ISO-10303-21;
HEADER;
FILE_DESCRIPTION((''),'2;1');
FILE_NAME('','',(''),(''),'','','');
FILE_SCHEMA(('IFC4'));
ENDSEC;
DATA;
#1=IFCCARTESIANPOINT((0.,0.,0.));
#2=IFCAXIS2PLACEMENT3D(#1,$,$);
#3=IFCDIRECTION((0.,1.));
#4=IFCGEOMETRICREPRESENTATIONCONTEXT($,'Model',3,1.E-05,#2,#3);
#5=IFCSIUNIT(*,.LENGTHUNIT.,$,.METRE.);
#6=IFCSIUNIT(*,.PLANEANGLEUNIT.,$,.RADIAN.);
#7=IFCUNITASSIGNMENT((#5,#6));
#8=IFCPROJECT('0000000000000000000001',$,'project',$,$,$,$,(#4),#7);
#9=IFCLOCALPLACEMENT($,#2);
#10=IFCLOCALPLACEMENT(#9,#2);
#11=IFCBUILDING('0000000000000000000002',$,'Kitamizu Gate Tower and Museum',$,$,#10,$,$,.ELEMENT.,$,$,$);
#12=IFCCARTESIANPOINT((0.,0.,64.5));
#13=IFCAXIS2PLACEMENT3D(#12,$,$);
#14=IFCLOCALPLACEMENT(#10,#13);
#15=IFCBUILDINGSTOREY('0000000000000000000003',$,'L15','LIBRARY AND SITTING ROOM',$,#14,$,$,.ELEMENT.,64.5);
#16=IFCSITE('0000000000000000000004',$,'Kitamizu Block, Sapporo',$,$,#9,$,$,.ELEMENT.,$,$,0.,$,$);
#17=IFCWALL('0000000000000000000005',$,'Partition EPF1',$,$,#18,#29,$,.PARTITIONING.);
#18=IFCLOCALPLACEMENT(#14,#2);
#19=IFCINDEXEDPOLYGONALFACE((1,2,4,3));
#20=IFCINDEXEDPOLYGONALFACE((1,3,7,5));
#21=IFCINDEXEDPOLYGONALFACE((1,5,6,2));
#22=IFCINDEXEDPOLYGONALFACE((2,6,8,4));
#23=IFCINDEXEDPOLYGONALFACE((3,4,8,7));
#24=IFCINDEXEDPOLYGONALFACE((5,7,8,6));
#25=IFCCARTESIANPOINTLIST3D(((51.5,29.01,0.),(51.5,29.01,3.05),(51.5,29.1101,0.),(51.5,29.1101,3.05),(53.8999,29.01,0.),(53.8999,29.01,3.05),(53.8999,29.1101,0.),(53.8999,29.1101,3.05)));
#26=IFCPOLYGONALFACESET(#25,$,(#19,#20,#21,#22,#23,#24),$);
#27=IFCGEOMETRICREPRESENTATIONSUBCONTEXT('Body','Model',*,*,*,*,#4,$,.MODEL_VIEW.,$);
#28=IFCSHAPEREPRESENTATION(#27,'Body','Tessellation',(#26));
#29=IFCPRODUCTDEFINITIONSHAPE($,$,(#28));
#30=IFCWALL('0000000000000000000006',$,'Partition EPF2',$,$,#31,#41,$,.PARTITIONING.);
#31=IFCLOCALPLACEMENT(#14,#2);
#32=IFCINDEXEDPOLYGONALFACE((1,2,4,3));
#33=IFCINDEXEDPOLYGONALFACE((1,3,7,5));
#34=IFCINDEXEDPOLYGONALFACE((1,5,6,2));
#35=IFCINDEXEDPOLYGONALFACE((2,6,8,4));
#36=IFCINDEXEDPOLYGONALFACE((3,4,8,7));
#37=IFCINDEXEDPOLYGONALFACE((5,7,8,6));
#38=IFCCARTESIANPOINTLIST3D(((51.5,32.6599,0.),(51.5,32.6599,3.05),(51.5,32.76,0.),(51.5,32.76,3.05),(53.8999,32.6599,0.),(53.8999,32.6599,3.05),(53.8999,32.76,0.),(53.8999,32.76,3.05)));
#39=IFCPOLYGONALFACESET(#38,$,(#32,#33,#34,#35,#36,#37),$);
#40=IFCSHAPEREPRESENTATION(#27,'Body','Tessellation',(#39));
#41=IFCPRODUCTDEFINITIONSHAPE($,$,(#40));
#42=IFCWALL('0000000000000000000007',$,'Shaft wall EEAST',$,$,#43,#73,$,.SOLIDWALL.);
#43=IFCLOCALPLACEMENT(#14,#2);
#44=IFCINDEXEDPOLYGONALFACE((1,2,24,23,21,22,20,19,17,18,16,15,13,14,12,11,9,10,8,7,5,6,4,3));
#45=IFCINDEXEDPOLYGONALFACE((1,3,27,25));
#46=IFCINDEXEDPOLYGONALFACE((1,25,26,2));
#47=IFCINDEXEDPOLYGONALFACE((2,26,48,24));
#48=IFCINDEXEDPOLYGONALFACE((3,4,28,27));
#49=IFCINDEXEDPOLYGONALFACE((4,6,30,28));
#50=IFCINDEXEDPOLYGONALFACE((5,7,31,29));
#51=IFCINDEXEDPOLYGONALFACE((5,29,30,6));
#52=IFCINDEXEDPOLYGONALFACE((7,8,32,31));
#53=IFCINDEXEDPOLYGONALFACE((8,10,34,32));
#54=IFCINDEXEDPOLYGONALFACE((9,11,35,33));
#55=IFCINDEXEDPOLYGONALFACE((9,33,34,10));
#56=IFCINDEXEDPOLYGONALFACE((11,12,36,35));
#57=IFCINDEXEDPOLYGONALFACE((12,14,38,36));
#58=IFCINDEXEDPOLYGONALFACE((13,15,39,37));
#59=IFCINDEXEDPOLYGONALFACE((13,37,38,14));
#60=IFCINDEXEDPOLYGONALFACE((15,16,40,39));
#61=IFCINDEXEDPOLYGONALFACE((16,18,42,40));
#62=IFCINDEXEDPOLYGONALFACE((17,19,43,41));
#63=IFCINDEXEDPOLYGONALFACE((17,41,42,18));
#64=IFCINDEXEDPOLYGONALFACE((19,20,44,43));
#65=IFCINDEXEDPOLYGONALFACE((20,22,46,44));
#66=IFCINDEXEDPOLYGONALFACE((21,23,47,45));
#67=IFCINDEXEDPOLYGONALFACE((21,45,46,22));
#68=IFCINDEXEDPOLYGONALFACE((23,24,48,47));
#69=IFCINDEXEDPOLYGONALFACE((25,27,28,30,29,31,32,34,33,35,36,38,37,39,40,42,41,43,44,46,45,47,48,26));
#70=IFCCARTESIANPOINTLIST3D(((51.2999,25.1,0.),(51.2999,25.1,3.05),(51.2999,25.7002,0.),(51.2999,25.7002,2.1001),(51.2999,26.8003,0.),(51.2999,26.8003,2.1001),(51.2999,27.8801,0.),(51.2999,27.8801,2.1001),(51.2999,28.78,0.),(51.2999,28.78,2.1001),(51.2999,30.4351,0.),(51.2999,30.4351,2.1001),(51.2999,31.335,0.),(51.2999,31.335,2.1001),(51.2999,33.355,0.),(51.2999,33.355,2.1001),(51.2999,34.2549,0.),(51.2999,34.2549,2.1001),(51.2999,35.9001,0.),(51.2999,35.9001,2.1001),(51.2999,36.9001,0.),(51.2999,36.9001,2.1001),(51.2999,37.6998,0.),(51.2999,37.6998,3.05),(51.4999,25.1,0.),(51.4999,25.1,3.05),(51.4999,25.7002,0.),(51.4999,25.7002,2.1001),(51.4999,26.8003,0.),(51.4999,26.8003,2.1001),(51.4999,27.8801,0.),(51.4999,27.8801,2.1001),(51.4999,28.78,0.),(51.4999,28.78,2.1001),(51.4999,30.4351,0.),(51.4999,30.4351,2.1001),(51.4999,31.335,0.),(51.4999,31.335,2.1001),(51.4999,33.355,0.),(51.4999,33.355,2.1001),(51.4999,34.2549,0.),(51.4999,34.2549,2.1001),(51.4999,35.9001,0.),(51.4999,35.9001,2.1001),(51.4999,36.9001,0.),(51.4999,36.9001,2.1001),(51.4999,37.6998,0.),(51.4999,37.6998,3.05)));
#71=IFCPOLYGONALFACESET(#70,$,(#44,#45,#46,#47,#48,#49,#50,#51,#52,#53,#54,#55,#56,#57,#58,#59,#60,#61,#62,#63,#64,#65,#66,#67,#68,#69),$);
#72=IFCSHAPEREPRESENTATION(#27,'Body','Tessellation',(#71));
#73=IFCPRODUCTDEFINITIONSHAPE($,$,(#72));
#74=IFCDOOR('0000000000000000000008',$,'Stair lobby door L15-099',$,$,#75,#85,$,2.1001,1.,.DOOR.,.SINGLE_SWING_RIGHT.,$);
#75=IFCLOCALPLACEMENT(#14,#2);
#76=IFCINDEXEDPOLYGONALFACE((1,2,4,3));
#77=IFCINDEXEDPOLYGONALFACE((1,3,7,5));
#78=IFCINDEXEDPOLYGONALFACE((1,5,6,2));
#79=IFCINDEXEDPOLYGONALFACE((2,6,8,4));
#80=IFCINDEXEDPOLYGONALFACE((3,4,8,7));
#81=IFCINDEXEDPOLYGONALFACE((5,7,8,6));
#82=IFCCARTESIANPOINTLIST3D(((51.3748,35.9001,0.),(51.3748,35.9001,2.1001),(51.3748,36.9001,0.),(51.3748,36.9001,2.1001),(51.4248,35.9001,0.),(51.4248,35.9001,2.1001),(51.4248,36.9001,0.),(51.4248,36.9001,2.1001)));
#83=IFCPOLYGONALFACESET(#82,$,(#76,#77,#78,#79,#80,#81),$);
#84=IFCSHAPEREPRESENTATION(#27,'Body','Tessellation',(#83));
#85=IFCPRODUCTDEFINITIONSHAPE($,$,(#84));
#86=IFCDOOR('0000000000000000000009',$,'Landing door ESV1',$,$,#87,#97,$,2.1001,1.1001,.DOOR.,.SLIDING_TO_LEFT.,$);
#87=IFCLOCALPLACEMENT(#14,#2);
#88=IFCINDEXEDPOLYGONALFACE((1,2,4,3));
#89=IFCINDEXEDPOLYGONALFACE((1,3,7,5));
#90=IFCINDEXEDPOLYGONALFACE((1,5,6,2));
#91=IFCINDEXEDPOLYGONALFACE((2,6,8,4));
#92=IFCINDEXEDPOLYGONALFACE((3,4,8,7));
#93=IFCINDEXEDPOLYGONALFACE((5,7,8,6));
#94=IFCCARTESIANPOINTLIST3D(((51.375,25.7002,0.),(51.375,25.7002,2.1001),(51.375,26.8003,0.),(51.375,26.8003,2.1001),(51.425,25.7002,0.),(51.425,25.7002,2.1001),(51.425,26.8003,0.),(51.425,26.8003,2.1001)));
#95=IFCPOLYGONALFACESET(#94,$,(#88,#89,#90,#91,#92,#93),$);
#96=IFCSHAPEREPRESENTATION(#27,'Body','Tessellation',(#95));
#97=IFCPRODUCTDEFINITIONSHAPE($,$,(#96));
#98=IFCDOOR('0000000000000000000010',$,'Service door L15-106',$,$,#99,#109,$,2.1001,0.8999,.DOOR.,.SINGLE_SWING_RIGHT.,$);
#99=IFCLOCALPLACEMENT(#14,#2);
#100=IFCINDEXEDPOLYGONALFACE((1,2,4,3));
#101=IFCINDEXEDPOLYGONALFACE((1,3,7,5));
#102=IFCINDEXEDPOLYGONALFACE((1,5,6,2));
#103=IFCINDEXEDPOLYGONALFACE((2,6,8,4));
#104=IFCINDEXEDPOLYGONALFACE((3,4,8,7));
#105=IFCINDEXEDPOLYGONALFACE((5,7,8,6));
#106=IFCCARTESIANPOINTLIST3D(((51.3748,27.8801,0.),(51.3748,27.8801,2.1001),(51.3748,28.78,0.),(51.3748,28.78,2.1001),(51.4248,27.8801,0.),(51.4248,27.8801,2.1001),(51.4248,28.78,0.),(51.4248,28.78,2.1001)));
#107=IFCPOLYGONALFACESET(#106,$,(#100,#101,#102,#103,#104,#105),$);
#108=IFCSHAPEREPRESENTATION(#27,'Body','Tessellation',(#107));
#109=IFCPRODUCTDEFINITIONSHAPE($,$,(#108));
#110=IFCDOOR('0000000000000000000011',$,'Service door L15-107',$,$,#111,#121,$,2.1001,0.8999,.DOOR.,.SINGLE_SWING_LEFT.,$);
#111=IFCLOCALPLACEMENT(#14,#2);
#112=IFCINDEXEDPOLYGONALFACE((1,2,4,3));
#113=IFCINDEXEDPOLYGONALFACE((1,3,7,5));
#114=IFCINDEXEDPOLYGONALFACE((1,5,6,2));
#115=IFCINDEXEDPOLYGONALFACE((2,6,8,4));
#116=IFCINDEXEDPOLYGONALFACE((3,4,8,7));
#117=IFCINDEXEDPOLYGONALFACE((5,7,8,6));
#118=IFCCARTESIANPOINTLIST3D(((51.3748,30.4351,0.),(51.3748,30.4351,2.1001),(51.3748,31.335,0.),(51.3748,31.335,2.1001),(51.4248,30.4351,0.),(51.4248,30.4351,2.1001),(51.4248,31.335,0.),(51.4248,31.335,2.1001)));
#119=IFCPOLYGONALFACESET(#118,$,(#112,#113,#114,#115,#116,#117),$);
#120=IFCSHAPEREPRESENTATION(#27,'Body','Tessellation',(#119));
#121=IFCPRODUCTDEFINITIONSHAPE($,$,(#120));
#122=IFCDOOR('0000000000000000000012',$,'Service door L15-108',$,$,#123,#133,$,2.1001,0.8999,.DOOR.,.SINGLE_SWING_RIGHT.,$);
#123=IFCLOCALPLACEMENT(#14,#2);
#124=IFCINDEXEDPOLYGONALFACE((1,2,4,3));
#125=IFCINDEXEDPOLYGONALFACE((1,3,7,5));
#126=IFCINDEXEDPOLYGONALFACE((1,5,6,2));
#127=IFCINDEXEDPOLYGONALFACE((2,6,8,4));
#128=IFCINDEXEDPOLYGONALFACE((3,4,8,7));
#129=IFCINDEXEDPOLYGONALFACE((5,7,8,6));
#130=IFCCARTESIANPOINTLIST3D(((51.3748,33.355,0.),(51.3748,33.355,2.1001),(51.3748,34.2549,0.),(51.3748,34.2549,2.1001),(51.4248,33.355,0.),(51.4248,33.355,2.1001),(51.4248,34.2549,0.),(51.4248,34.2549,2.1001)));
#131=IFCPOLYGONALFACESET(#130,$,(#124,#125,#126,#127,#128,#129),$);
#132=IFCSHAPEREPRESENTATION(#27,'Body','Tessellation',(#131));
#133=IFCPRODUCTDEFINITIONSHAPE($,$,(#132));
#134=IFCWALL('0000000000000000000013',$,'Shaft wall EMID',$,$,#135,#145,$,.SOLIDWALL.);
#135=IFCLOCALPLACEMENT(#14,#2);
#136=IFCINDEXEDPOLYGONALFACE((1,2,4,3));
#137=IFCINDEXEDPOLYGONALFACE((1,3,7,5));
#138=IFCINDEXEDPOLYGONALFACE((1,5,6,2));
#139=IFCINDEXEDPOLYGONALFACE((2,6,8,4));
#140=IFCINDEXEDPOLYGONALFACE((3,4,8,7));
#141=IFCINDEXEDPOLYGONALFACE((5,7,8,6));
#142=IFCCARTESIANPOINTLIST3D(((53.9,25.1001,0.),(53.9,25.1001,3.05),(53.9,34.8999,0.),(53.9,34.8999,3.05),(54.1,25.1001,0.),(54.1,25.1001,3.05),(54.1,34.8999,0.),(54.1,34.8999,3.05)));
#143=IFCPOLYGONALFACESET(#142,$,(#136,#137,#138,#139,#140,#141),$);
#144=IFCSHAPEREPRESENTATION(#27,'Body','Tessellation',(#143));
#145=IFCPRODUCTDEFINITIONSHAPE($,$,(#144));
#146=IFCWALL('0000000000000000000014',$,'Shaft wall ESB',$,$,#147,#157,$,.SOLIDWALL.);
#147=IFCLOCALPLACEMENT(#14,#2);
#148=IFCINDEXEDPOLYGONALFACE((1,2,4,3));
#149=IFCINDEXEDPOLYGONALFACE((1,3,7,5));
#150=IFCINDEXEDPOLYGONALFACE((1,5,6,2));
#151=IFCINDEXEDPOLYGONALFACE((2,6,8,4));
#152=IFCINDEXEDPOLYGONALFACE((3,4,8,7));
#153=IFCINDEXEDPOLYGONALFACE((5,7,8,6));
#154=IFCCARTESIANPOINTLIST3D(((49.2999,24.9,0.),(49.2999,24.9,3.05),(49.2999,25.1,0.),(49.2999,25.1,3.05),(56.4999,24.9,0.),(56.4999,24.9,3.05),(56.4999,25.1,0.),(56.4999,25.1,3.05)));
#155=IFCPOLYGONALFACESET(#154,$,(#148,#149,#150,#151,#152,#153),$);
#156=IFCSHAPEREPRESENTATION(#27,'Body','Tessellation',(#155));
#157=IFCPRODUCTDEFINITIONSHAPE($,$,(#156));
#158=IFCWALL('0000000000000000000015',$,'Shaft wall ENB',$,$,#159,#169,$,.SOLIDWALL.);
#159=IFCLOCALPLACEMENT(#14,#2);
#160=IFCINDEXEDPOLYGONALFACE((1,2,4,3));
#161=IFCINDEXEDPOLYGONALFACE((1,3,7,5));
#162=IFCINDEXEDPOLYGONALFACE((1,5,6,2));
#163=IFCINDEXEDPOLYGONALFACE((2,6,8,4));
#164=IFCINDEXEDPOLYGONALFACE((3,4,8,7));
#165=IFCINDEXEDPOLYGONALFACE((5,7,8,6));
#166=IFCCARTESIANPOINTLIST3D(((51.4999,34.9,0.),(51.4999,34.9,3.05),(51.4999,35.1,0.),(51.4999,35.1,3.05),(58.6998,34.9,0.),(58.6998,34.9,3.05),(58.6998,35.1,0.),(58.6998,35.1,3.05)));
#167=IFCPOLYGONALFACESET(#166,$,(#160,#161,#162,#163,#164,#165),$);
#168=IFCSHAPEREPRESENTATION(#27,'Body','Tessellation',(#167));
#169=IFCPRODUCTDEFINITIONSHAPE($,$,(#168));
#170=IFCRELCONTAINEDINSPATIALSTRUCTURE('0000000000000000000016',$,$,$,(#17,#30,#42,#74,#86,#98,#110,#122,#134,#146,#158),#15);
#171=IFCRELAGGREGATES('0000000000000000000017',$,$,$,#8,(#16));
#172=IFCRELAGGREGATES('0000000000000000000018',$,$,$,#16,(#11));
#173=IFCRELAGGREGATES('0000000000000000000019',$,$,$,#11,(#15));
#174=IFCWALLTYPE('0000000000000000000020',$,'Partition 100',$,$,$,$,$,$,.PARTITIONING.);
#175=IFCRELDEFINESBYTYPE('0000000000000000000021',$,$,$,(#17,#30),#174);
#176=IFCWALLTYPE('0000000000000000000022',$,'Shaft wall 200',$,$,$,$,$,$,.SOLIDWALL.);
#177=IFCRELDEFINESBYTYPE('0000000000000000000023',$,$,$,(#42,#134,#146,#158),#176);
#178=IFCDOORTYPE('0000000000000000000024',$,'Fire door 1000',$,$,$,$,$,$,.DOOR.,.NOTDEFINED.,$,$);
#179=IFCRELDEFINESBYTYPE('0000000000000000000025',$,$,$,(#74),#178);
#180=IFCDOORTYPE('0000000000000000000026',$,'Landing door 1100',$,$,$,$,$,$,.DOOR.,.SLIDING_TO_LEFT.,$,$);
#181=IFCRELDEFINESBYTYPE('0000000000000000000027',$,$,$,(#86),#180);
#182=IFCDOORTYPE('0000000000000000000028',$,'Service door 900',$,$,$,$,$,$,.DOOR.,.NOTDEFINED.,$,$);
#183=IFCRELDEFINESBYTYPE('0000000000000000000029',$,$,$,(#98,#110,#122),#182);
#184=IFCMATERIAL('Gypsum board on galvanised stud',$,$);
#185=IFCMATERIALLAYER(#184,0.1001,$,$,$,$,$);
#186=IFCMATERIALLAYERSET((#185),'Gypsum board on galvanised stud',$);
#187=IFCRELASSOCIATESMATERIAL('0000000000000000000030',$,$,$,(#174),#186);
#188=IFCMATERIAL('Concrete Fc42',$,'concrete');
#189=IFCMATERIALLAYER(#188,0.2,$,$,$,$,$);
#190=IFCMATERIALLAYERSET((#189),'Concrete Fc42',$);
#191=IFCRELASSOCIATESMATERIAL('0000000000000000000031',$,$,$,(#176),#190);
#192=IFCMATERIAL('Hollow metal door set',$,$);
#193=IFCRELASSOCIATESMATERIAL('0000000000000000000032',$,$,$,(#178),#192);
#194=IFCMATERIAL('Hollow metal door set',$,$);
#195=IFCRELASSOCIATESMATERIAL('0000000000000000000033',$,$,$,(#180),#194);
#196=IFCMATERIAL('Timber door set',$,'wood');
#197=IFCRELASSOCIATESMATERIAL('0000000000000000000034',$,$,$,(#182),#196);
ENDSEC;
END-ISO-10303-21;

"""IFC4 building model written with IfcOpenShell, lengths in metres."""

from ifc_helpers import new_model, si_unit, direction, frame, frame_2d, origin, place, context, subcontext, project, spatial, rectangle, extrude, material, layer, layer_set, type_object, element, fill, save


model = new_model("IFC4")

# Units and contexts
model_context = context("Model", 3, precision=1e-05, world=origin(), true_north=direction((0.0, 1.0)))
body_context = subcontext(model_context, "Body", "Model", "MODEL_VIEW")
ifc_project = project(units=[si_unit("LENGTHUNIT", "METRE"), si_unit("PLANEANGLEUNIT", "RADIAN")], contexts=[model_context])

# Site, building, storey
site_placement = place(None, origin())
site = spatial("IfcSite", under=ifc_project, at=site_placement, Name="Kitamizu Block, Sapporo", CompositionType="ELEMENT", RefElevation=0.0)
building_placement = place(site_placement, origin())
building = spatial("IfcBuilding", under=site, at=building_placement, Name="Kitamizu Gate Tower and Museum", CompositionType="ELEMENT")
storey_placement = place(building_placement, frame((0.0, 0.0, 64.5)))
storey = spatial("IfcBuildingStorey", under=building, at=storey_placement, Name="L15", Description="LIBRARY AND SITTING ROOM", CompositionType="ELEMENT", Elevation=64.5)

# Walls
ifc_material_1 = material(Name="Gypsum board on galvanised stud")
ifc_layer_1 = layer(ifc_material_1, 0.1001)
ifc_layer_set_1 = layer_set([ifc_layer_1], Name="Gypsum board on galvanised stud")
wall_type_1 = type_object("IfcWallType", Name="Partition 100", PredefinedType="PARTITIONING", material=ifc_layer_set_1)
for number, where, z_axis, x_axis, name in (
    (1, (53.8999, 29.0601, 0.0), (0.0, 0.0, 1.0), (-1.0, 0.0, 0.0), "Partition EPF1"),
    (2, (53.8999, 32.71, 0.0), (0.0, 0.0, 1.0), (-1.0, 0.0, 0.0), "Partition EPF2"),
):
    element("IfcWall", number, at=place(storey_placement, frame(where, z_axis=z_axis, x_axis=x_axis)), inside=storey, type_object=wall_type_1, Name=name, PredefinedType="PARTITIONING", context=body_context, shape_type="SweptSolid", body=[
        extrude(rectangle(XDim=2.3999, YDim=0.1001, at=frame_2d((1.2, 0.0))), origin(), (0.0, 0.0, 1.0), 3.05),
    ])

# Wall, openings, doors
ifc_material_2 = material(Name="Concrete Fc42", Category="concrete")
ifc_layer_2 = layer(ifc_material_2, 0.2)
ifc_layer_set_2 = layer_set([ifc_layer_2], Name="Concrete Fc42")
wall_type_2 = type_object("IfcWallType", Name="Shaft wall 200", PredefinedType="SOLIDWALL", material=ifc_layer_set_2)
wall_1_placement = place(storey_placement, frame((51.3999, 25.1001, 0.0), z_axis=(0.0, 0.0, 1.0), x_axis=(0.0, 1.0, 0.0)))
wall_1 = element("IfcWall", 3, at=wall_1_placement, inside=storey, type_object=wall_type_2, Name="Shaft wall EEAST", PredefinedType="SOLIDWALL", context=body_context, shape_type="SweptSolid", body=[
    extrude(rectangle(XDim=12.5999, YDim=0.2, at=frame_2d((6.2998, 0.0))), origin(), (0.0, 0.0, 1.0), 3.05),
])
opening_1_placement = place(wall_1_placement, frame((0.6001, 0.0, 0.0)))
opening_1 = element("IfcOpeningElement", 4, at=opening_1_placement, cuts=wall_1, PredefinedType="OPENING", context=body_context, shape_type="SweptSolid", body=[
    extrude(rectangle(XDim=1.1001, YDim=2.1001, at=frame_2d((0.55, 1.05))), frame((0.0, 0.1099, 0.0), z_axis=(0.0, -1.0, 0.0), x_axis=(1.0, 0.0, 0.0)), (0.0, 0.0, 1.0), 0.22),
])
opening_2_placement = place(wall_1_placement, frame((10.8, 0.0, 0.0)))
opening_2 = element("IfcOpeningElement", 5, at=opening_2_placement, cuts=wall_1, PredefinedType="OPENING", context=body_context, shape_type="SweptSolid", body=[
    extrude(rectangle(XDim=1.0, YDim=2.1001, at=frame_2d((0.5, 1.05))), frame((0.0, 0.1099, 0.0), z_axis=(0.0, -1.0, 0.0), x_axis=(1.0, 0.0, 0.0)), (0.0, 0.0, 1.0), 0.22),
])
opening_3_placement = place(wall_1_placement, frame((2.78, 0.0, 0.0)))
opening_3 = element("IfcOpeningElement", 6, at=opening_3_placement, cuts=wall_1, PredefinedType="OPENING", context=body_context, shape_type="SweptSolid", body=[
    extrude(rectangle(XDim=0.8999, YDim=2.1001, at=frame_2d((0.45, 1.05))), frame((0.0, 0.1099, 0.0), z_axis=(0.0, -1.0, 0.0), x_axis=(1.0, 0.0, 0.0)), (0.0, 0.0, 1.0), 0.22),
])
opening_4_placement = place(wall_1_placement, frame((5.335, 0.0, 0.0)))
opening_4 = element("IfcOpeningElement", 7, at=opening_4_placement, cuts=wall_1, PredefinedType="OPENING", context=body_context, shape_type="SweptSolid", body=[
    extrude(rectangle(XDim=0.8999, YDim=2.1001, at=frame_2d((0.45, 1.05))), frame((0.0, 0.1099, 0.0), z_axis=(0.0, -1.0, 0.0), x_axis=(1.0, 0.0, 0.0)), (0.0, 0.0, 1.0), 0.22),
])
opening_5_placement = place(wall_1_placement, frame((8.2549, 0.0, 0.0)))
opening_5 = element("IfcOpeningElement", 8, at=opening_5_placement, cuts=wall_1, PredefinedType="OPENING", context=body_context, shape_type="SweptSolid", body=[
    extrude(rectangle(XDim=0.8999, YDim=2.1001, at=frame_2d((0.45, 1.05))), frame((0.0, 0.1099, 0.0), z_axis=(0.0, -1.0, 0.0), x_axis=(1.0, 0.0, 0.0)), (0.0, 0.0, 1.0), 0.22),
])
ifc_material_3 = material(Name="Hollow metal door set")
door_type_1 = type_object("IfcDoorType", Name="Fire door 1000", OperationType="NOTDEFINED", PredefinedType="DOOR", material=ifc_material_3)
door_1_placement = place(opening_2_placement, frame((1.0, 0.0, 0.0), x_axis=(-1.0, 0.0, 0.0)))
door_1 = element("IfcDoor", 9, at=door_1_placement, inside=storey, type_object=door_type_1, Name="Stair lobby door L15-099", OperationType="SINGLE_SWING_RIGHT", OverallHeight=2.1001, OverallWidth=1.0, PredefinedType="DOOR", context=body_context, shape_type="SweptSolid", body=[
    extrude(rectangle(XDim=1.0, YDim=2.1001, at=frame_2d((0.5, 1.05))), frame((0.0, 0.0249, 0.0), z_axis=(0.0, -1.0, 0.0), x_axis=(1.0, 0.0, 0.0)), (0.0, 0.0, 1.0), 0.05),
])
fill(opening_2, door_1)
ifc_material_4 = material(Name="Hollow metal door set")
door_type_2 = type_object("IfcDoorType", Name="Landing door 1100", OperationType="SLIDING_TO_LEFT", PredefinedType="DOOR", material=ifc_material_4)
door_2_placement = place(opening_1_placement, origin())
door_2 = element("IfcDoor", 10, at=door_2_placement, inside=storey, type_object=door_type_2, Name="Landing door ESV1", OperationType="SLIDING_TO_LEFT", OverallHeight=2.1001, OverallWidth=1.1001, PredefinedType="DOOR", context=body_context, shape_type="SweptSolid", body=[
    extrude(rectangle(XDim=1.1001, YDim=2.1001, at=frame_2d((0.55, 1.05))), frame((0.0, 0.0249, 0.0), z_axis=(0.0, -1.0, 0.0), x_axis=(1.0, 0.0, 0.0)), (0.0, 0.0, 1.0), 0.05),
])
fill(opening_1, door_2)
ifc_material_5 = material(Name="Timber door set", Category="wood")
door_type_3 = type_object("IfcDoorType", Name="Service door 900", OperationType="NOTDEFINED", PredefinedType="DOOR", material=ifc_material_5)
door_3_placement = place(opening_3_placement, frame((0.8999, 0.0, 0.0), x_axis=(-1.0, 0.0, 0.0)))
door_3 = element("IfcDoor", 11, at=door_3_placement, inside=storey, type_object=door_type_3, Name="Service door L15-106", OperationType="SINGLE_SWING_RIGHT", OverallHeight=2.1001, OverallWidth=0.8999, PredefinedType="DOOR", context=body_context, shape_type="SweptSolid", body=[
    extrude(rectangle(XDim=0.8999, YDim=2.1001, at=frame_2d((0.45, 1.05))), frame((0.0, 0.0249, 0.0), z_axis=(0.0, -1.0, 0.0), x_axis=(1.0, 0.0, 0.0)), (0.0, 0.0, 1.0), 0.05),
])
fill(opening_3, door_3)
door_4_placement = place(opening_4_placement, frame((0.8999, 0.0, 0.0), x_axis=(-1.0, 0.0, 0.0)))
door_4 = element("IfcDoor", 12, at=door_4_placement, inside=storey, type_object=door_type_3, Name="Service door L15-107", OperationType="SINGLE_SWING_LEFT", OverallHeight=2.1001, OverallWidth=0.8999, PredefinedType="DOOR", context=body_context, shape_type="SweptSolid", body=[
    extrude(rectangle(XDim=0.8999, YDim=2.1001, at=frame_2d((0.45, 1.05))), frame((0.0, 0.0249, 0.0), z_axis=(0.0, -1.0, 0.0), x_axis=(1.0, 0.0, 0.0)), (0.0, 0.0, 1.0), 0.05),
])
fill(opening_4, door_4)
door_5_placement = place(opening_5_placement, frame((0.8999, 0.0, 0.0), x_axis=(-1.0, 0.0, 0.0)))
door_5 = element("IfcDoor", 13, at=door_5_placement, inside=storey, type_object=door_type_3, Name="Service door L15-108", OperationType="SINGLE_SWING_RIGHT", OverallHeight=2.1001, OverallWidth=0.8999, PredefinedType="DOOR", context=body_context, shape_type="SweptSolid", body=[
    extrude(rectangle(XDim=0.8999, YDim=2.1001, at=frame_2d((0.45, 1.05))), frame((0.0, 0.0249, 0.0), z_axis=(0.0, -1.0, 0.0), x_axis=(1.0, 0.0, 0.0)), (0.0, 0.0, 1.0), 0.05),
])
fill(opening_5, door_5)

# Walls
wall_2_placement = place(storey_placement, frame((54.0, 25.1001, 0.0), z_axis=(0.0, 0.0, 1.0), x_axis=(0.0, 1.0, 0.0)))
element("IfcWall", 14, at=wall_2_placement, inside=storey, type_object=wall_type_2, Name="Shaft wall EMID", PredefinedType="SOLIDWALL", context=body_context, shape_type="SweptSolid", body=[
    extrude(rectangle(XDim=9.7998, YDim=0.2, at=frame_2d((4.8999, 0.0))), origin(), (0.0, 0.0, 1.0), 3.05),
])
for number, where, z_axis, x_axis, name in (
    (15, (56.5, 25.0, 0.0), (0.0, 0.0, 1.0), (-1.0, 0.0, 0.0), "Shaft wall ESB"),
    (16, (58.7, 35.0, 0.0), (0.0, 0.0, 1.0), (-1.0, 0.0, 0.0), "Shaft wall ENB"),
):
    element("IfcWall", number, at=place(storey_placement, frame(where, z_axis=z_axis, x_axis=x_axis)), inside=storey, type_object=wall_type_2, Name=name, PredefinedType="SOLIDWALL", context=body_context, shape_type="SweptSolid", body=[
        extrude(rectangle(XDim=7.2, YDim=0.2, at=frame_2d((3.6001, 0.0))), origin(), (0.0, 0.0, 1.0), 3.05),
    ])

save(model, "model.ifc")
